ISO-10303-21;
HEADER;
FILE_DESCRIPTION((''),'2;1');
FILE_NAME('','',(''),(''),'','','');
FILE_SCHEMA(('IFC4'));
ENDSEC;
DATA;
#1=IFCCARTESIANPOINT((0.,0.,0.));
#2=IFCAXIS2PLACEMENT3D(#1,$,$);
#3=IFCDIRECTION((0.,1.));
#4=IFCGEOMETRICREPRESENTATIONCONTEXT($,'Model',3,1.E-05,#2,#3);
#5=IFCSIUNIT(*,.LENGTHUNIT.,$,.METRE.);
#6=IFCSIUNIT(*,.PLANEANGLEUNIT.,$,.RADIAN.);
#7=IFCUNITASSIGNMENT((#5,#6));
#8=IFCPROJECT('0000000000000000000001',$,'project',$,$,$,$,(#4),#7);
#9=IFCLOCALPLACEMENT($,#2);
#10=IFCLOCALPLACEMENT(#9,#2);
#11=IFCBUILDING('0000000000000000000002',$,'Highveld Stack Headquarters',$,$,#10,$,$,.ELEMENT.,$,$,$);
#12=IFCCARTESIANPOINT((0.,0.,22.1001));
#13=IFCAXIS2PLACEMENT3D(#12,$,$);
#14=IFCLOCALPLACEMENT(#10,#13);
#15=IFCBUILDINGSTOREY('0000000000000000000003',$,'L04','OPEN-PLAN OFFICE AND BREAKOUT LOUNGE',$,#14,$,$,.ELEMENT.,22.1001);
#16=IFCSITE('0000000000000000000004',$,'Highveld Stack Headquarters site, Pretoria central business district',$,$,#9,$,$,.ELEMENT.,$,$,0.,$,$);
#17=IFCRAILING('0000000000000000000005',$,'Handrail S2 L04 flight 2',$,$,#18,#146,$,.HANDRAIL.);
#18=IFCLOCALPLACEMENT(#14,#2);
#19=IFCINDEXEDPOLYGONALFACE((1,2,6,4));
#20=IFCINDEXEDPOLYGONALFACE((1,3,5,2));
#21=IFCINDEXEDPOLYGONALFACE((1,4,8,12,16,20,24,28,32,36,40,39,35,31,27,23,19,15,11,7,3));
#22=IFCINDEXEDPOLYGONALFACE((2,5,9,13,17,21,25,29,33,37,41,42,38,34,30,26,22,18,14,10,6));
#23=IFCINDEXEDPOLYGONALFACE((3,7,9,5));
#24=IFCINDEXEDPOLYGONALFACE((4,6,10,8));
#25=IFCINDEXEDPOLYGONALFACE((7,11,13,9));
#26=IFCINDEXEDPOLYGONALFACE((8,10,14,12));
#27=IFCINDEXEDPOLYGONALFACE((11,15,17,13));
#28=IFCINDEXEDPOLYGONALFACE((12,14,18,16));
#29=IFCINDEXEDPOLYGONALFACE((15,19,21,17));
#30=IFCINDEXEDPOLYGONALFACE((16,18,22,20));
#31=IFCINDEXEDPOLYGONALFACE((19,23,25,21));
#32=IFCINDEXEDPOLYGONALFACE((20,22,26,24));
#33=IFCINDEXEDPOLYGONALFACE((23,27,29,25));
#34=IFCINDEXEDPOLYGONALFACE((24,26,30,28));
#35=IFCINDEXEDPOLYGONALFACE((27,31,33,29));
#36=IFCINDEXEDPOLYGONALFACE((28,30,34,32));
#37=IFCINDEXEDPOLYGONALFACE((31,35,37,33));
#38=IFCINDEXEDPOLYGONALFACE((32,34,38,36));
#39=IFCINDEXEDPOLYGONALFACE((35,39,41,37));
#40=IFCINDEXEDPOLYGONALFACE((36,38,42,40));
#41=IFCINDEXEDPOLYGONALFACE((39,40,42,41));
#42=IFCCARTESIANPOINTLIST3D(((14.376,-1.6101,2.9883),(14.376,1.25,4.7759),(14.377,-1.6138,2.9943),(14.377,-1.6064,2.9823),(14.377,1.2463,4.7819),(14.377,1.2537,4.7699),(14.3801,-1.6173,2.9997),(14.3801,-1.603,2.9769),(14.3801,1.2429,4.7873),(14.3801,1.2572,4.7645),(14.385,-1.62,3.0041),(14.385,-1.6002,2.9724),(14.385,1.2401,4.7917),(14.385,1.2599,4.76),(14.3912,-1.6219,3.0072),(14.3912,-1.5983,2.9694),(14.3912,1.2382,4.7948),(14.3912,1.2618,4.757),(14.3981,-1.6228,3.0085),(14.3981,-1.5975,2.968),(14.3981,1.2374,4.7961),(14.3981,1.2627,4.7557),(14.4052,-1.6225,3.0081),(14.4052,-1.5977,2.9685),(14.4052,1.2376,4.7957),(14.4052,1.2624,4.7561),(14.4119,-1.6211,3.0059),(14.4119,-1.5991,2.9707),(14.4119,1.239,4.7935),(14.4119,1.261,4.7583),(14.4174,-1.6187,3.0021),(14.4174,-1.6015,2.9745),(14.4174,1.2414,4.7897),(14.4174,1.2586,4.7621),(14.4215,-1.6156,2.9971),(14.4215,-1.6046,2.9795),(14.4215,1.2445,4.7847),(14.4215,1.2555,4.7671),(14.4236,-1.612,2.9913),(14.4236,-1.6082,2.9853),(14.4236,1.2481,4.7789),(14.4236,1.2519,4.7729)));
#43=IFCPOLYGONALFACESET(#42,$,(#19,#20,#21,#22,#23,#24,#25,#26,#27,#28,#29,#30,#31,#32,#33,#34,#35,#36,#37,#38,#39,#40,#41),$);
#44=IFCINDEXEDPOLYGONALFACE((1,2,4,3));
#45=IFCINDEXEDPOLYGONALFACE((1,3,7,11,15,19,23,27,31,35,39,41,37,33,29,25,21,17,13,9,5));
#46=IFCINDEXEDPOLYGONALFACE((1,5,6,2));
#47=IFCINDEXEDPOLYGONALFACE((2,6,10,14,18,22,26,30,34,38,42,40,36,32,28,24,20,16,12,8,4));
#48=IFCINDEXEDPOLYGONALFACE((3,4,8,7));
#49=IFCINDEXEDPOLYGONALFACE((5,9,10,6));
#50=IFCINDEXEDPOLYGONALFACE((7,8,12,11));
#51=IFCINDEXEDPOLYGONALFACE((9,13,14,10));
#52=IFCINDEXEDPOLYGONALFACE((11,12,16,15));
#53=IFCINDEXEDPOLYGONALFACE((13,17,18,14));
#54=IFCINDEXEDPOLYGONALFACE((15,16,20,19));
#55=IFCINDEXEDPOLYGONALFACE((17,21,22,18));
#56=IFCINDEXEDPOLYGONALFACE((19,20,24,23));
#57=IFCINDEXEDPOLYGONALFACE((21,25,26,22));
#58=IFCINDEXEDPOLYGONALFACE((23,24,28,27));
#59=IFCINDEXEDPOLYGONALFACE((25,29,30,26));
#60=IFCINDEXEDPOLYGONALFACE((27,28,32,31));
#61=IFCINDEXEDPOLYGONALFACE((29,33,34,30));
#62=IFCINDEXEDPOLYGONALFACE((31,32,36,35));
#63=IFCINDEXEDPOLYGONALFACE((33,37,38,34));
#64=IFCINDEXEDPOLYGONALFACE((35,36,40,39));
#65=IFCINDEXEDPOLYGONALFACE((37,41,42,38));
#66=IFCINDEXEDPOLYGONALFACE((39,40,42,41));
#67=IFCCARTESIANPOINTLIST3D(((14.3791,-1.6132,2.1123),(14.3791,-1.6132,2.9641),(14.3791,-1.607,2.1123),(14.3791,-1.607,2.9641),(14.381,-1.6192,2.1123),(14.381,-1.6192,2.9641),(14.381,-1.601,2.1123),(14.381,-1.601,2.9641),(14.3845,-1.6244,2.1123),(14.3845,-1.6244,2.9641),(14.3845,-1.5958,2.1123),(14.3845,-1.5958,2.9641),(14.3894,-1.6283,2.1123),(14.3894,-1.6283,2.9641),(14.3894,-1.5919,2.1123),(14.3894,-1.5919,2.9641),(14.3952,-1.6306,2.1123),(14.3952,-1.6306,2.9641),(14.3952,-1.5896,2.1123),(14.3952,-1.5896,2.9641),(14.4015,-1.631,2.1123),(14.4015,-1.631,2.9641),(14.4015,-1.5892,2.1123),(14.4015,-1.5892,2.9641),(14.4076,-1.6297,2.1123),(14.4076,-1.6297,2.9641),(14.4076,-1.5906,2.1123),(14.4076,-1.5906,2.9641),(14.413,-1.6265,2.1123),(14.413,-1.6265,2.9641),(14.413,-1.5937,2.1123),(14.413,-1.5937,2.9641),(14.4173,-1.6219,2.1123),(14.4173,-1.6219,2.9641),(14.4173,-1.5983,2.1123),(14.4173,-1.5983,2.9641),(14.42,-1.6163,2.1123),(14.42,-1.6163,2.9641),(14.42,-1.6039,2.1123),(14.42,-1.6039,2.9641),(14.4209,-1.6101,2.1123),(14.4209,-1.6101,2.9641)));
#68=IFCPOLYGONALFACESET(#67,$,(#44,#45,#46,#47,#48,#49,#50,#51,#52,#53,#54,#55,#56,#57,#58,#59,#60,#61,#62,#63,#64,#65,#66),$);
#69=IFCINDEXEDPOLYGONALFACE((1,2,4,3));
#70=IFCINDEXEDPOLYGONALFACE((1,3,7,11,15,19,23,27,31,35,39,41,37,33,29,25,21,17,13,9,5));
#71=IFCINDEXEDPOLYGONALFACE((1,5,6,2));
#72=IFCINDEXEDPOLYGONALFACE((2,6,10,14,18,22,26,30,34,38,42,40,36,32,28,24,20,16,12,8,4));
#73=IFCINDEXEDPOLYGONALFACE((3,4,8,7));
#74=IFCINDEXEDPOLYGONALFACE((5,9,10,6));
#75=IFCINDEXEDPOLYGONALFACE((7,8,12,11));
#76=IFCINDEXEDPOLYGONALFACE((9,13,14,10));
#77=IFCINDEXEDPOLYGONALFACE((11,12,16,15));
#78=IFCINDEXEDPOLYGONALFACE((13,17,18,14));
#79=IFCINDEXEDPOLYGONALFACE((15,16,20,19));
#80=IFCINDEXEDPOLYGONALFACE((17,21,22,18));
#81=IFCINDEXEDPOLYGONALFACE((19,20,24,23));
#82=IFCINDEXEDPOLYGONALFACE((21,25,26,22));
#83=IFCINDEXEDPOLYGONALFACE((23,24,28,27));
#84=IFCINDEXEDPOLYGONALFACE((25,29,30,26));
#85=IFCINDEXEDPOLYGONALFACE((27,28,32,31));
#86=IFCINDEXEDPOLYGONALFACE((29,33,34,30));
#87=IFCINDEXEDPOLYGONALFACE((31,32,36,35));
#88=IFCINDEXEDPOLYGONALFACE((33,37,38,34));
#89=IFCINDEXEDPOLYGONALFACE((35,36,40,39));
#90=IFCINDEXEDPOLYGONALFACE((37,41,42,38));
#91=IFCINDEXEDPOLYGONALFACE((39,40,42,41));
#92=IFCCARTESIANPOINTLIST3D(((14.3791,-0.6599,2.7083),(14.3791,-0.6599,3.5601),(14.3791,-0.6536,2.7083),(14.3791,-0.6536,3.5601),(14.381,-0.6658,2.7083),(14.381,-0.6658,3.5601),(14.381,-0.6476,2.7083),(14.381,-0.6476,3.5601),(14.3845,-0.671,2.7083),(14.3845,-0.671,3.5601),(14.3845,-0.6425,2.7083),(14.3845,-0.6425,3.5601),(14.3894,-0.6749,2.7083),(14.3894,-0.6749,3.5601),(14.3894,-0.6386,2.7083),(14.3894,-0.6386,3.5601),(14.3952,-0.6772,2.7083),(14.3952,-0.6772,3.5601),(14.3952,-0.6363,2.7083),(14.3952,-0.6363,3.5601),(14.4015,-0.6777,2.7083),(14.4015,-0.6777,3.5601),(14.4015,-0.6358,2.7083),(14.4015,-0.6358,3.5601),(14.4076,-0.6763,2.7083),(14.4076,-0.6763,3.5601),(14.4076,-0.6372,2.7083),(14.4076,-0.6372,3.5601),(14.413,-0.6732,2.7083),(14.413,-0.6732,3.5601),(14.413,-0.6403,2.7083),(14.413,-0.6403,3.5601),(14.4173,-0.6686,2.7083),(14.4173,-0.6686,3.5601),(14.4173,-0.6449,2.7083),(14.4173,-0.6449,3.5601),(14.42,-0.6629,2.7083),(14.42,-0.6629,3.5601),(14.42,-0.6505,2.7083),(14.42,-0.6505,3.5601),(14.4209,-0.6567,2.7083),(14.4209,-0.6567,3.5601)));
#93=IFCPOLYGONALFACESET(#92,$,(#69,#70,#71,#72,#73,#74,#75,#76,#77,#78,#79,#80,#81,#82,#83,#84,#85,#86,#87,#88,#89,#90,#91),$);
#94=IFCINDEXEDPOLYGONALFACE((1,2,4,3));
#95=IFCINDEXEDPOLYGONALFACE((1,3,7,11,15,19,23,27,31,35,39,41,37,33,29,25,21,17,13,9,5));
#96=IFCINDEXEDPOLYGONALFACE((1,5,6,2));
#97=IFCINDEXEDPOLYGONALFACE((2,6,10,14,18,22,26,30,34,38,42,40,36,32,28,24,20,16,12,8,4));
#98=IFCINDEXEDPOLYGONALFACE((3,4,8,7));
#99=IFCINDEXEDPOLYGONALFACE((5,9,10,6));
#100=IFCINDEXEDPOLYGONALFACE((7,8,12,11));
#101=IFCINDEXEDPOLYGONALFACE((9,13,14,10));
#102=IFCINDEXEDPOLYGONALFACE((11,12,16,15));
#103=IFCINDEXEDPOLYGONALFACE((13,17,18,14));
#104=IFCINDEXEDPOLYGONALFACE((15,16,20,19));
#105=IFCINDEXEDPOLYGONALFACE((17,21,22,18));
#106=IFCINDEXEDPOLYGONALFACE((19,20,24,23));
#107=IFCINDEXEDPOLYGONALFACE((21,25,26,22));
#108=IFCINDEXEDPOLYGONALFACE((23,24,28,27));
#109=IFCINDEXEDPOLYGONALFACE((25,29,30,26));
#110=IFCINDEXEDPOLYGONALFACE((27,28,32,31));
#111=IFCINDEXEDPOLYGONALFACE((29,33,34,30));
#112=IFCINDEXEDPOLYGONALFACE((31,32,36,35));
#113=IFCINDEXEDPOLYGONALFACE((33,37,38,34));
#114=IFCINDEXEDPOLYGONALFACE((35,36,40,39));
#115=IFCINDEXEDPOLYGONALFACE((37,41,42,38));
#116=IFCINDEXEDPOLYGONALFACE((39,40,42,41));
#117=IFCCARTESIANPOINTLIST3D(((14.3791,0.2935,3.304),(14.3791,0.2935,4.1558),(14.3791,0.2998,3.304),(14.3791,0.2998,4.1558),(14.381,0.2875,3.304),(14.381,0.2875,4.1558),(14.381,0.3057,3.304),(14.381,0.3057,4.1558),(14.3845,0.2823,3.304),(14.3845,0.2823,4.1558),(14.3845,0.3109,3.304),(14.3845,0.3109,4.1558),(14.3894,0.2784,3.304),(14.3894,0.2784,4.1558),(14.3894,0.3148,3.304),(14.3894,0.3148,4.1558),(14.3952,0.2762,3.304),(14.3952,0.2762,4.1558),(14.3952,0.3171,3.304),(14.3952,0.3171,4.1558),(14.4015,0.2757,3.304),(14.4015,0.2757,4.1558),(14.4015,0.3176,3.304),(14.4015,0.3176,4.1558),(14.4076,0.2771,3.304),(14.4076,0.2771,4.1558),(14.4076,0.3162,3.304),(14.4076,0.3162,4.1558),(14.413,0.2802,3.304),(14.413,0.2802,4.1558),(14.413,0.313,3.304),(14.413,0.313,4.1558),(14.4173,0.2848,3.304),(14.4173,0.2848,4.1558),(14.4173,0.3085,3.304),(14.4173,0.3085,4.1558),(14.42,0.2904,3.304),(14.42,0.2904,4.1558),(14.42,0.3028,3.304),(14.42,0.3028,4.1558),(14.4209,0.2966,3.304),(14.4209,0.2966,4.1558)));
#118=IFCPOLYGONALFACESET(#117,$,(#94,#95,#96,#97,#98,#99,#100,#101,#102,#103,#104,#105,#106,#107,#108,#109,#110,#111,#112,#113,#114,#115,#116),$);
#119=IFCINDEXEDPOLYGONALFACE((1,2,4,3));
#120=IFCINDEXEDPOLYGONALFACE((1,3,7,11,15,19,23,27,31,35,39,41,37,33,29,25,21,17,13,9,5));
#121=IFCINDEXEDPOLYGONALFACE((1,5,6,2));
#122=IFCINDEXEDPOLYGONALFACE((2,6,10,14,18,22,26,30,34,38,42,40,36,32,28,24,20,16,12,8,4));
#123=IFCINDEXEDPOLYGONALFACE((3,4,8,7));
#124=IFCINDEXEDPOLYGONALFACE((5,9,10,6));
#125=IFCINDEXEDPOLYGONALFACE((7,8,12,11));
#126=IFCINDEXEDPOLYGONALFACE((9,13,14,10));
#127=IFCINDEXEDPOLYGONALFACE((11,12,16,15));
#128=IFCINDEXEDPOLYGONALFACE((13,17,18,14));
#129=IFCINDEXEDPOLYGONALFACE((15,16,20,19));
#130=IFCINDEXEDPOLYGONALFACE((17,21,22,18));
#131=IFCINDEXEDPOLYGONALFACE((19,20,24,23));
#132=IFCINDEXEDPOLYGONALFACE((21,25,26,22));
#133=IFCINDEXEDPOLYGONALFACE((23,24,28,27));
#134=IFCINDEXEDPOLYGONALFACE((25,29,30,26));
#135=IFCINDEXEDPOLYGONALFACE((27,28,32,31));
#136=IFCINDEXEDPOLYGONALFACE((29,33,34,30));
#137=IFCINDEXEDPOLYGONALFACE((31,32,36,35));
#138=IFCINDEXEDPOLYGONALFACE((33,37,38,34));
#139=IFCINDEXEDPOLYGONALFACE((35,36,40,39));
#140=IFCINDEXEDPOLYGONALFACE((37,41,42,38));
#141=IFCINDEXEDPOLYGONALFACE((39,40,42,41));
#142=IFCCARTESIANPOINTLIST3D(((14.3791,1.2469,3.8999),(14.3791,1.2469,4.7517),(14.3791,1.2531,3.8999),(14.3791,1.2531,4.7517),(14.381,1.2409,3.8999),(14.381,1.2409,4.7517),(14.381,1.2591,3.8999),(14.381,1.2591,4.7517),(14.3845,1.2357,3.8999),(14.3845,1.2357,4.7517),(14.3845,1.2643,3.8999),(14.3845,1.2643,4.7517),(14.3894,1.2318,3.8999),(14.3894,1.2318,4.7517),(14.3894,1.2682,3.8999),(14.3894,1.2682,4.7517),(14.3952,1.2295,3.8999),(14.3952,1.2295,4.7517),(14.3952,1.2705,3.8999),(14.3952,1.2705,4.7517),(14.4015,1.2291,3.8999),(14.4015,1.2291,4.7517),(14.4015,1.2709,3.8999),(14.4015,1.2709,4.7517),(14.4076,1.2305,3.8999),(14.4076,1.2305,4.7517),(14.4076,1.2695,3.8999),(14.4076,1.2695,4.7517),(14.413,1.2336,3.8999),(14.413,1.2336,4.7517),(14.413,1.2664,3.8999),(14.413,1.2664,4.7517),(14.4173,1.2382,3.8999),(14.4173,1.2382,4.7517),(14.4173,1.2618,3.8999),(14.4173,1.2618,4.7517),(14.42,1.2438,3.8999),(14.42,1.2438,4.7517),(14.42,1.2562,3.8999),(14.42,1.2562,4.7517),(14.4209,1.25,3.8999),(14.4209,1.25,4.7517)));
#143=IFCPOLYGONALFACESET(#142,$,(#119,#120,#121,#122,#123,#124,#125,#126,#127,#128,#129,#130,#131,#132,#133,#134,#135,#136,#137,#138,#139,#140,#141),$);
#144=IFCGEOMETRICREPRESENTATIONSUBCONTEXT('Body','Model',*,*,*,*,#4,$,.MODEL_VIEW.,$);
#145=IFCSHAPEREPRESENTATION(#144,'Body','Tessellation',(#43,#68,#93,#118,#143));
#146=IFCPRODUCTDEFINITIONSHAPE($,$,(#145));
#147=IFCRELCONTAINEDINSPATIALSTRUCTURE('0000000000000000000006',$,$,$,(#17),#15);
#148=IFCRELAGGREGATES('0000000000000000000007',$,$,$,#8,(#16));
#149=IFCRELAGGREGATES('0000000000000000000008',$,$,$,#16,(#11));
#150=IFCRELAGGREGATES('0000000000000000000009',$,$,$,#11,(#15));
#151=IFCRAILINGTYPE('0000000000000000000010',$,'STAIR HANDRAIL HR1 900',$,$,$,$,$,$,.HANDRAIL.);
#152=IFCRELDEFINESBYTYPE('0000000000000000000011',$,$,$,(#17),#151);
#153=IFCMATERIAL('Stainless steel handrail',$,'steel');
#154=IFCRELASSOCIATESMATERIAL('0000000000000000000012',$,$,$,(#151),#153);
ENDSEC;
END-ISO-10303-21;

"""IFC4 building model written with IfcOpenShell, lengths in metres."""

from ifc_helpers import new_model, si_unit, direction, frame, origin, origin_2d, place, context, subcontext, project, spatial, circle, extrude, material, type_object, element, save


model = new_model("IFC4")

# Units and contexts
model_context = context("Model", 3, precision=1e-05, world=origin(), true_north=direction((0.0, 1.0)))
body_context = subcontext(model_context, "Body", "Model", "MODEL_VIEW")
ifc_project = project(units=[si_unit("LENGTHUNIT", "METRE"), si_unit("PLANEANGLEUNIT", "RADIAN")], contexts=[model_context])

# Site, building, storey
site_placement = place(None, origin())
site = spatial("IfcSite", under=ifc_project, at=site_placement, Name="Highveld Stack Headquarters site, Pretoria central business district", CompositionType="ELEMENT", RefElevation=0.0)
building_placement = place(site_placement, origin())
building = spatial("IfcBuilding", under=site, at=building_placement, Name="Highveld Stack Headquarters", CompositionType="ELEMENT")
storey_placement = place(building_placement, frame((0.0, 0.0, 22.1001)))
storey = spatial("IfcBuildingStorey", under=building, at=storey_placement, Name="L04", Description="OPEN-PLAN OFFICE AND BREAKOUT LOUNGE", CompositionType="ELEMENT", Elevation=22.1001)

# Railing
ifc_material_1 = material(Name="Stainless steel handrail", Category="steel")
railing_type = type_object("IfcRailingType", Name="STAIR HANDRAIL HR1 900", PredefinedType="HANDRAIL", material=ifc_material_1)
for number, where, name in (
    (1, (14.3999, -1.6101, 2.1123), "Handrail S2 L04 flight 2"),
):
    element("IfcRailing", number, at=place(storey_placement, frame(where)), inside=storey, type_object=railing_type, Name=name, PredefinedType="HANDRAIL", context=body_context, shape_type="SweptSolid", body=[
        extrude(circle(Radius=0.0239, at=origin_2d()), frame((0.0, 0.0, 0.876), z_axis=(0.0, 0.847994, 0.530005), x_axis=(-1.0, 0.0, 0.0)), (0.0, 0.0, 1.0), 3.3728),
        extrude(circle(Radius=0.021, at=origin_2d()), origin(), (0.0, 0.0, 1.0), 0.8518),
        extrude(circle(Radius=0.021, at=origin_2d()), frame((0.0, 0.9534, 0.5959)), (0.0, 0.0, 1.0), 0.8518),
        extrude(circle(Radius=0.021, at=origin_2d()), frame((0.0, 1.9067, 1.1917)), (0.0, 0.0, 1.0), 0.8518),
        extrude(circle(Radius=0.021, at=origin_2d()), frame((0.0, 2.8601, 1.7876)), (0.0, 0.0, 1.0), 0.8518),
    ])

save(model, "model.ifc")
